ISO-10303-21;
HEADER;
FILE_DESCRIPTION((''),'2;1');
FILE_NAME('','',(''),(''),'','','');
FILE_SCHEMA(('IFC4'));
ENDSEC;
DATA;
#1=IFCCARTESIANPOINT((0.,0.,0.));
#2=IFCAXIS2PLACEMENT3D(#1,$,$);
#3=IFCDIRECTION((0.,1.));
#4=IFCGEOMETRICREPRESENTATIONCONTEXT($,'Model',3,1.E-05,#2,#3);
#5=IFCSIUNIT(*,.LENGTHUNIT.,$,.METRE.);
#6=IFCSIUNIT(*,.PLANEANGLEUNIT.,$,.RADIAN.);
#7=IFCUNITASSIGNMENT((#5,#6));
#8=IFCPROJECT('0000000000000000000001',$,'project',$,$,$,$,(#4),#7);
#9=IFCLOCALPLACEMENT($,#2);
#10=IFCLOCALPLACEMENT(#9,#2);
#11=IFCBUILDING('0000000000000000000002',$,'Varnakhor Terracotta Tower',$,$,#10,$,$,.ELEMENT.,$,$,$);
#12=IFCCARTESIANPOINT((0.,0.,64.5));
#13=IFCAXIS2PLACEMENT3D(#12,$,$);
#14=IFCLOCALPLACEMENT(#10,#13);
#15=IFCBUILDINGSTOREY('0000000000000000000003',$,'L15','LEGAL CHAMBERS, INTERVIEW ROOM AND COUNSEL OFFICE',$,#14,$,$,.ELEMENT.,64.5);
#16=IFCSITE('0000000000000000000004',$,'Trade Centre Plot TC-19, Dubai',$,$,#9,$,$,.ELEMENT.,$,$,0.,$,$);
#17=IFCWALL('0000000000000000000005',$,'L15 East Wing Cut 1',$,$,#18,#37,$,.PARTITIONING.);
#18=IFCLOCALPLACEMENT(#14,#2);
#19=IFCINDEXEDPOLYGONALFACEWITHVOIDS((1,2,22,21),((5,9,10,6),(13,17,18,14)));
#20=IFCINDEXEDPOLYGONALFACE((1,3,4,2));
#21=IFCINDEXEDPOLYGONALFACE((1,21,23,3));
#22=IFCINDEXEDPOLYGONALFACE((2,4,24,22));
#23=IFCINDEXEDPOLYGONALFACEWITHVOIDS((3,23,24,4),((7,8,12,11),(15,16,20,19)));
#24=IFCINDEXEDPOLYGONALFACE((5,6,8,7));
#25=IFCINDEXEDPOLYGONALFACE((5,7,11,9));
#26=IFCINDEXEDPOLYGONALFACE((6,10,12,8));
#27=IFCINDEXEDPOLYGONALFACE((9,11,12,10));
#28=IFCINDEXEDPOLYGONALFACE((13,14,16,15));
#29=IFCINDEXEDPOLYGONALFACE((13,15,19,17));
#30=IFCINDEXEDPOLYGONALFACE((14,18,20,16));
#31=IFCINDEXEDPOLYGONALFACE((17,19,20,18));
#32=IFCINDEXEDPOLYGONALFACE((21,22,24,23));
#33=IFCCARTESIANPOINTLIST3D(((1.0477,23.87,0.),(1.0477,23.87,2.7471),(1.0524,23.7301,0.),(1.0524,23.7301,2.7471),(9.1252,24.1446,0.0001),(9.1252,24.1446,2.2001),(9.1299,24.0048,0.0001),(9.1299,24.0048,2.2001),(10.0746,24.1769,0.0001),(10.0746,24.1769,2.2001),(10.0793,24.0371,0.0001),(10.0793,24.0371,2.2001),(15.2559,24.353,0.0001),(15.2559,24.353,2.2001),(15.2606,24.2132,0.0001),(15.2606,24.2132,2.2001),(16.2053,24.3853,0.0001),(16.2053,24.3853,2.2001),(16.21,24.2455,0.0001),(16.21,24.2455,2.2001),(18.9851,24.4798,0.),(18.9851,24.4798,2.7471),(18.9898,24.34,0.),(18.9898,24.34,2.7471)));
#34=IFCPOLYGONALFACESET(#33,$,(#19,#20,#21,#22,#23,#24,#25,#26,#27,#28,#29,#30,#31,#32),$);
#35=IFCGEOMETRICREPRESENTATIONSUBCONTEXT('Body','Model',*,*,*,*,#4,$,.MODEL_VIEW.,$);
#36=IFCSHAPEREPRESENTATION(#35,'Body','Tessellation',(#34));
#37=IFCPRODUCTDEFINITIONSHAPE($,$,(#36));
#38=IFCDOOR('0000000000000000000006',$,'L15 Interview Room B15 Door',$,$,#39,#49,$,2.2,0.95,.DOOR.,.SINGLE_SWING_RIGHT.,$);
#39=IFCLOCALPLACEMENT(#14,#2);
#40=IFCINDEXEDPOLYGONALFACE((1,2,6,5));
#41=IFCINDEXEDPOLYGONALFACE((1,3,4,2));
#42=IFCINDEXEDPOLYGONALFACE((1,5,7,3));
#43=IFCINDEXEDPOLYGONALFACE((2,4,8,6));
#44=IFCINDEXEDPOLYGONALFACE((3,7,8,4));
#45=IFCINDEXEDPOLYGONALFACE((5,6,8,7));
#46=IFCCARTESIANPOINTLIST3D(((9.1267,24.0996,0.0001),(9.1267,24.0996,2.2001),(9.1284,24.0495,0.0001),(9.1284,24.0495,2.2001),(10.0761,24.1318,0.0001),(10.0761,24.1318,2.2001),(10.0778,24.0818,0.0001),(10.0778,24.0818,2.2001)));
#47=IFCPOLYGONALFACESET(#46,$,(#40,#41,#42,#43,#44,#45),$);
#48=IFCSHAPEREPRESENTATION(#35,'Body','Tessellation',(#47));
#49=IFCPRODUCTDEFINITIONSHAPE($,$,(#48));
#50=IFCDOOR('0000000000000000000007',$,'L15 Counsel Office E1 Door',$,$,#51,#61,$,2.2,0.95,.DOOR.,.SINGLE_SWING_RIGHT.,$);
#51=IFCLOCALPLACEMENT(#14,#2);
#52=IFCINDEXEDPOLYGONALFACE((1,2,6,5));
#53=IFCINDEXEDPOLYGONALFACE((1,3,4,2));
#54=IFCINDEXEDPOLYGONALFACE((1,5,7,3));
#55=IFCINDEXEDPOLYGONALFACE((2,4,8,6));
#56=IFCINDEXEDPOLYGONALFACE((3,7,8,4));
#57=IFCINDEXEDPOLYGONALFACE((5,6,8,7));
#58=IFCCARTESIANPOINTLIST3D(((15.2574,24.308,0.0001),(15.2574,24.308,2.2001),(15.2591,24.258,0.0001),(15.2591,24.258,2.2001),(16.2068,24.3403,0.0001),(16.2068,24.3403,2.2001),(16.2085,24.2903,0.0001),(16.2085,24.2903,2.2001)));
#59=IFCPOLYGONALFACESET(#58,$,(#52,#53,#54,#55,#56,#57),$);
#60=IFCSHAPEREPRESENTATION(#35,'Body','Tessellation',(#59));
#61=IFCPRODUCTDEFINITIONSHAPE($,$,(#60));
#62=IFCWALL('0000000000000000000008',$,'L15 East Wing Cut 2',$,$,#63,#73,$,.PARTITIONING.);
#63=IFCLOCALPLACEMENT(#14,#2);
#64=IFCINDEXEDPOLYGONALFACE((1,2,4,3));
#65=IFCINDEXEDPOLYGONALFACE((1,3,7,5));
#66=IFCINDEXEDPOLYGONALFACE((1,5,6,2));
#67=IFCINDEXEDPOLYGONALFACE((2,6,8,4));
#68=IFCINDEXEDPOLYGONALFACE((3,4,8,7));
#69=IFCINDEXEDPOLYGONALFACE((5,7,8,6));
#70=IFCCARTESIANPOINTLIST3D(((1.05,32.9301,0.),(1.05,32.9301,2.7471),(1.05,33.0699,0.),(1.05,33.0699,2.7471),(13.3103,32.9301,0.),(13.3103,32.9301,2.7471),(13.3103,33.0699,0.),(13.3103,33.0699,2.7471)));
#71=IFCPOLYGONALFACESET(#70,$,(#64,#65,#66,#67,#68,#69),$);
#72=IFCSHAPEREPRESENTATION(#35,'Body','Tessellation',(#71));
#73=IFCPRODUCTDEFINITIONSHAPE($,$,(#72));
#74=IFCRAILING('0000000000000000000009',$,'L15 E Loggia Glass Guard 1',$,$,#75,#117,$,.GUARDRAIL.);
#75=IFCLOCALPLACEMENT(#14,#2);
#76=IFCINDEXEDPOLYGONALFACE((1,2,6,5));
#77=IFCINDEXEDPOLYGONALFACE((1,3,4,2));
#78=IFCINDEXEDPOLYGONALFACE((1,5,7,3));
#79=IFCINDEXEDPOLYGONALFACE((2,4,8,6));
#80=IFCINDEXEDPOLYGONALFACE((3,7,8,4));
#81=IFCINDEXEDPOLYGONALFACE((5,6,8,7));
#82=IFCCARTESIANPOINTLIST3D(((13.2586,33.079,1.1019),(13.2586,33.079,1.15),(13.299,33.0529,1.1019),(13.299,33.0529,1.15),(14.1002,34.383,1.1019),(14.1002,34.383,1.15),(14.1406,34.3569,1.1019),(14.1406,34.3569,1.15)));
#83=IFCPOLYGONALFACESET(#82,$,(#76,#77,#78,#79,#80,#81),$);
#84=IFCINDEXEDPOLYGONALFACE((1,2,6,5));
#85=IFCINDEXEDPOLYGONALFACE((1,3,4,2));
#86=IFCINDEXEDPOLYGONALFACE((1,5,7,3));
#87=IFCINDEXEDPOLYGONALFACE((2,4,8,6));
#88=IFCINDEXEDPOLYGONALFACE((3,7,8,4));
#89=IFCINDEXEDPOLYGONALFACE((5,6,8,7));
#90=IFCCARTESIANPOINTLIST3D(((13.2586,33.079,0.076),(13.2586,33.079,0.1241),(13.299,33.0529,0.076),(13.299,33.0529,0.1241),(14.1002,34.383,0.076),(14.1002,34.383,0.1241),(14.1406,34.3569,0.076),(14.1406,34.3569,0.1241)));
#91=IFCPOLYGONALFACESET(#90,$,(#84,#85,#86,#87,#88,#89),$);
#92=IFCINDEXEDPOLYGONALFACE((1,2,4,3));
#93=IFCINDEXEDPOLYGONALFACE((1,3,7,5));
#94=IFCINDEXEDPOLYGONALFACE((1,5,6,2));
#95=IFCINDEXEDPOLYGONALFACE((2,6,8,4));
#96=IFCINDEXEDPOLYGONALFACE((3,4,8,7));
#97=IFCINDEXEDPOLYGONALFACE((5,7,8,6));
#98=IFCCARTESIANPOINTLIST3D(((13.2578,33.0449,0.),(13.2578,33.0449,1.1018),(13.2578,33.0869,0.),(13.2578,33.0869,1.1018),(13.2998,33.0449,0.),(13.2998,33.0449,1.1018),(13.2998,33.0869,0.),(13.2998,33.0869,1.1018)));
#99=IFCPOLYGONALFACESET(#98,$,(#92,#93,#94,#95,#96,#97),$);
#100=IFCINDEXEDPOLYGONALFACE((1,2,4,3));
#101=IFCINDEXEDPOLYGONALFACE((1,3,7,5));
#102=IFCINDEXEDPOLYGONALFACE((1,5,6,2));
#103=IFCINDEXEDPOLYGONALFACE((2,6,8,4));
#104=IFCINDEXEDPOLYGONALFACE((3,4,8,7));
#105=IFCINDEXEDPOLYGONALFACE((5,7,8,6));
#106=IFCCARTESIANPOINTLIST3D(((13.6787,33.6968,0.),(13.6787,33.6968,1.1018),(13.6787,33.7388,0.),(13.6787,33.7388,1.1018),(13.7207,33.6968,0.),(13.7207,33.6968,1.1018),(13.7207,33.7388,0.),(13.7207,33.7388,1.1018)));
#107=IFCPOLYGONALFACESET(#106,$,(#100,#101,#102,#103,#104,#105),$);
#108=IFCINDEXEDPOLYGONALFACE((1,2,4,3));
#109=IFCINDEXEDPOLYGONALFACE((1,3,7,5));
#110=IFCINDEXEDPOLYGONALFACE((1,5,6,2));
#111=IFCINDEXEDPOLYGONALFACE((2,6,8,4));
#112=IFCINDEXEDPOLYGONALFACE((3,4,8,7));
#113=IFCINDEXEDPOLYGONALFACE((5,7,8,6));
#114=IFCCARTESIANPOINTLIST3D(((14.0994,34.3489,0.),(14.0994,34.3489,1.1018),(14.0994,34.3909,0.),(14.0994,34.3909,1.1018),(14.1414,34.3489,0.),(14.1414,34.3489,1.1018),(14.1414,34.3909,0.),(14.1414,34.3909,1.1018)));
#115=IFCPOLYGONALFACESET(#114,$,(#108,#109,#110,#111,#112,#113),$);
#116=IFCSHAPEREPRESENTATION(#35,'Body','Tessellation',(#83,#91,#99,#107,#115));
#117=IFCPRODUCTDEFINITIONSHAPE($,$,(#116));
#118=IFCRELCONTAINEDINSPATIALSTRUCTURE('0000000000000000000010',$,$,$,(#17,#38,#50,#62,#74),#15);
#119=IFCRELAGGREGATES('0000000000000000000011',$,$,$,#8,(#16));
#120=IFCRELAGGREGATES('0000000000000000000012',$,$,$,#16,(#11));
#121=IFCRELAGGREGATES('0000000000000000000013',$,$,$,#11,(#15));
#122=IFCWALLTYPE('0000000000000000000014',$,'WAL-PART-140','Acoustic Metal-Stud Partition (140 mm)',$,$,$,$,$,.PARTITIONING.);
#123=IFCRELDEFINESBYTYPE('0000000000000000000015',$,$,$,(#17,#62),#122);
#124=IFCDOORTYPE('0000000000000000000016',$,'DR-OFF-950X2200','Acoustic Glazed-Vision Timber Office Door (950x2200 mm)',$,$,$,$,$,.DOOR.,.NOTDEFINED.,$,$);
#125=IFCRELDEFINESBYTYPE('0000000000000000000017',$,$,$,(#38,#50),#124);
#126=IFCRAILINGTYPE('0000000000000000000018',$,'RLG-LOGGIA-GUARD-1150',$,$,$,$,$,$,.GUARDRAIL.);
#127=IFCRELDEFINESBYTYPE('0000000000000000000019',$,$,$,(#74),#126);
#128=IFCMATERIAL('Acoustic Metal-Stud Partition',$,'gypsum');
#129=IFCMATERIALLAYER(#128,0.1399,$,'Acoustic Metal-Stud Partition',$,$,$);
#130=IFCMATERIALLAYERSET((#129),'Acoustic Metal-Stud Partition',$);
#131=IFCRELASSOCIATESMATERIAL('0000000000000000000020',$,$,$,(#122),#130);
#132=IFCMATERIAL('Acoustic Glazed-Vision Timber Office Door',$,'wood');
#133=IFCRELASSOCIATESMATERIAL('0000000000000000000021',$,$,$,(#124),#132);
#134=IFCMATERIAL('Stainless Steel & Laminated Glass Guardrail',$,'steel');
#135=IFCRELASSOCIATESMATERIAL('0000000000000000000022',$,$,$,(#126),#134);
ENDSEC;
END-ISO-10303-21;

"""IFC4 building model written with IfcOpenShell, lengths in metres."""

from ifc_helpers import new_model, si_unit, direction, frame, frame_2d, origin, origin_2d, place, context, subcontext, project, spatial, rectangle, extrude, source, transform, mapped, material, layer, layer_set, type_object, type_shapes, element, fill, save


model = new_model("IFC4")

# Units and contexts
model_context = context("Model", 3, precision=1e-05, world=origin(), true_north=direction((0.0, 1.0)))
body_context = subcontext(model_context, "Body", "Model", "MODEL_VIEW")
ifc_project = project(units=[si_unit("LENGTHUNIT", "METRE"), si_unit("PLANEANGLEUNIT", "RADIAN")], contexts=[model_context])

# Site, building, storey
site_placement = place(None, origin())
site = spatial("IfcSite", under=ifc_project, at=site_placement, Name="Trade Centre Plot TC-19, Dubai", CompositionType="ELEMENT", RefElevation=0.0)
building_placement = place(site_placement, origin())
building = spatial("IfcBuilding", under=site, at=building_placement, Name="Varnakhor Terracotta Tower", CompositionType="ELEMENT")
storey_placement = place(building_placement, frame((0.0, 0.0, 64.5)))
storey = spatial("IfcBuildingStorey", under=building, at=storey_placement, Name="L15", Description="LEGAL CHAMBERS, INTERVIEW ROOM AND COUNSEL OFFICE", CompositionType="ELEMENT", Elevation=64.5)

# Wall, openings, doors
ifc_material_1 = material(Name="Acoustic Metal-Stud Partition", Category="gypsum")
ifc_layer_1 = layer(ifc_material_1, 0.1399, Name="Acoustic Metal-Stud Partition")
ifc_layer_set_1 = layer_set([ifc_layer_1], Name="Acoustic Metal-Stud Partition")
wall_type_1 = type_object("IfcWallType", Name="WAL-PART-140", Description="Acoustic Metal-Stud Partition (140 mm)", PredefinedType="PARTITIONING", material=ifc_layer_set_1)
wall_1_placement = place(storey_placement, frame((1.05, 23.8, 0.0), z_axis=(0.0, 0.0, 1.0), x_axis=(0.999423, 0.03398, 0.0)))
wall_1 = element("IfcWall", 1, at=wall_1_placement, inside=storey, type_object=wall_type_1, Name="L15 East Wing Cut 1", PredefinedType="PARTITIONING", context=body_context, shape_type="SweptSolid", body=[
    extrude(rectangle(XDim=17.9478, YDim=0.1399, at=frame_2d((8.9739, 0.0))), origin(), (0.0, 0.0, 1.0), 2.7471),
])
opening_1_placement = place(wall_1_placement, frame((8.082, 0.0, 0.0)))
opening_1 = element("IfcOpeningElement", 2, at=opening_1_placement, cuts=wall_1, PredefinedType="OPENING", context=body_context, shape_type="SweptSolid", body=[
    extrude(rectangle(XDim=0.95, YDim=2.2, at=frame_2d((0.4751, 1.1001))), frame((0.0, 0.0801, 0.0), z_axis=(0.0, -1.0, 0.0), x_axis=(1.0, 0.0, 0.0)), (0.0, 0.0, 1.0), 0.1599),
])
opening_2_placement = place(wall_1_placement, frame((14.2163, 0.0, 0.0)))
opening_2 = element("IfcOpeningElement", 3, at=opening_2_placement, cuts=wall_1, PredefinedType="OPENING", context=body_context, shape_type="SweptSolid", body=[
    extrude(rectangle(XDim=0.95, YDim=2.2, at=frame_2d((0.4751, 1.1001))), frame((0.0, 0.0801, 0.0), z_axis=(0.0, -1.0, 0.0), x_axis=(1.0, 0.0, 0.0)), (0.0, 0.0, 1.0), 0.1599),
])
ifc_material_2 = material(Name="Acoustic Glazed-Vision Timber Office Door", Category="wood")
door_type_1 = type_object("IfcDoorType", Name="DR-OFF-950X2200", Description="Acoustic Glazed-Vision Timber Office Door (950x2200 mm)", OperationType="NOTDEFINED", PredefinedType="DOOR", material=ifc_material_2)
shared_shape_1 = source(origin(), body_context, "Body", "SweptSolid", [
    extrude(rectangle(XDim=0.95, YDim=2.2, at=frame_2d((0.4751, 1.1001))), frame((0.0, 0.0249, 0.0), z_axis=(0.0, -1.0, 0.0), x_axis=(1.0, 0.0, 0.0)), (0.0, 0.0, 1.0), 0.05),
])
type_shapes(door_type_1, [shared_shape_1])
door_1_placement = place(opening_1_placement, origin())
door_1 = element("IfcDoor", 4, at=door_1_placement, inside=storey, type_object=door_type_1, Name="L15 Interview Room B15 Door", OperationType="SINGLE_SWING_RIGHT", OverallHeight=2.2, OverallWidth=0.95, PredefinedType="DOOR", context=body_context, shape_type="MappedRepresentation", body=[
    mapped(shared_shape_1, transform((0.0, 0.0, 0.0), scale=1.0)),
])
fill(opening_1, door_1)
door_2_placement = place(opening_2_placement, origin())
door_2 = element("IfcDoor", 5, at=door_2_placement, inside=storey, type_object=door_type_1, Name="L15 Counsel Office E1 Door", OperationType="SINGLE_SWING_RIGHT", OverallHeight=2.2, OverallWidth=0.95, PredefinedType="DOOR", context=body_context, shape_type="MappedRepresentation", body=[
    mapped(shared_shape_1, transform((0.0, 0.0, 0.0), scale=1.0)),
])
fill(opening_2, door_2)

# Wall
wall_2_placement = place(storey_placement, frame((1.05, 33.0, 0.0), z_axis=(0.0, 0.0, 1.0), x_axis=(1.0, 0.0, 0.0)))
element("IfcWall", 6, at=wall_2_placement, inside=storey, type_object=wall_type_1, Name="L15 East Wing Cut 2", PredefinedType="PARTITIONING", context=body_context, shape_type="SweptSolid", body=[
    extrude(rectangle(XDim=12.2603, YDim=0.1399, at=frame_2d((6.1301, 0.0))), origin(), (0.0, 0.0, 1.0), 2.7471),
])

# Railing
ifc_material_3 = material(Name="Stainless Steel & Laminated Glass Guardrail", Category="steel")
railing_type = type_object("IfcRailingType", Name="RLG-LOGGIA-GUARD-1150", PredefinedType="GUARDRAIL", material=ifc_material_3)
railing_1_placement = place(storey_placement, frame((13.2788, 33.0659, 0.0)))
element("IfcRailing", 7, at=railing_1_placement, inside=storey, type_object=railing_type, Name="L15 E Loggia Glass Guard 1", PredefinedType="GUARDRAIL", context=body_context, shape_type="SweptSolid", body=[
    extrude(rectangle(XDim=0.0481, YDim=0.0481, at=origin_2d()), frame((0.0, 0.0, 1.126), z_axis=(0.542259, 0.840211, 0.0), x_axis=(-0.840211, 0.542259, 0.0)), (0.0, 0.0, 1.0), 1.552),
    extrude(rectangle(XDim=0.0481, YDim=0.0481, at=origin_2d()), frame((0.0, 0.0, 0.1001), z_axis=(0.542259, 0.840211, 0.0), x_axis=(-0.840211, 0.542259, 0.0)), (0.0, 0.0, 1.0), 1.552),
    extrude(rectangle(XDim=0.042, YDim=0.042, at=origin_2d()), origin(), (0.0, 0.0, 1.0), 1.1018),
    extrude(rectangle(XDim=0.042, YDim=0.042, at=origin_2d()), frame((0.4209, 0.6519, 0.0)), (0.0, 0.0, 1.0), 1.1018),
    extrude(rectangle(XDim=0.042, YDim=0.042, at=origin_2d()), frame((0.8416, 1.304, 0.0)), (0.0, 0.0, 1.0), 1.1018),
])

save(model, "model.ifc")
